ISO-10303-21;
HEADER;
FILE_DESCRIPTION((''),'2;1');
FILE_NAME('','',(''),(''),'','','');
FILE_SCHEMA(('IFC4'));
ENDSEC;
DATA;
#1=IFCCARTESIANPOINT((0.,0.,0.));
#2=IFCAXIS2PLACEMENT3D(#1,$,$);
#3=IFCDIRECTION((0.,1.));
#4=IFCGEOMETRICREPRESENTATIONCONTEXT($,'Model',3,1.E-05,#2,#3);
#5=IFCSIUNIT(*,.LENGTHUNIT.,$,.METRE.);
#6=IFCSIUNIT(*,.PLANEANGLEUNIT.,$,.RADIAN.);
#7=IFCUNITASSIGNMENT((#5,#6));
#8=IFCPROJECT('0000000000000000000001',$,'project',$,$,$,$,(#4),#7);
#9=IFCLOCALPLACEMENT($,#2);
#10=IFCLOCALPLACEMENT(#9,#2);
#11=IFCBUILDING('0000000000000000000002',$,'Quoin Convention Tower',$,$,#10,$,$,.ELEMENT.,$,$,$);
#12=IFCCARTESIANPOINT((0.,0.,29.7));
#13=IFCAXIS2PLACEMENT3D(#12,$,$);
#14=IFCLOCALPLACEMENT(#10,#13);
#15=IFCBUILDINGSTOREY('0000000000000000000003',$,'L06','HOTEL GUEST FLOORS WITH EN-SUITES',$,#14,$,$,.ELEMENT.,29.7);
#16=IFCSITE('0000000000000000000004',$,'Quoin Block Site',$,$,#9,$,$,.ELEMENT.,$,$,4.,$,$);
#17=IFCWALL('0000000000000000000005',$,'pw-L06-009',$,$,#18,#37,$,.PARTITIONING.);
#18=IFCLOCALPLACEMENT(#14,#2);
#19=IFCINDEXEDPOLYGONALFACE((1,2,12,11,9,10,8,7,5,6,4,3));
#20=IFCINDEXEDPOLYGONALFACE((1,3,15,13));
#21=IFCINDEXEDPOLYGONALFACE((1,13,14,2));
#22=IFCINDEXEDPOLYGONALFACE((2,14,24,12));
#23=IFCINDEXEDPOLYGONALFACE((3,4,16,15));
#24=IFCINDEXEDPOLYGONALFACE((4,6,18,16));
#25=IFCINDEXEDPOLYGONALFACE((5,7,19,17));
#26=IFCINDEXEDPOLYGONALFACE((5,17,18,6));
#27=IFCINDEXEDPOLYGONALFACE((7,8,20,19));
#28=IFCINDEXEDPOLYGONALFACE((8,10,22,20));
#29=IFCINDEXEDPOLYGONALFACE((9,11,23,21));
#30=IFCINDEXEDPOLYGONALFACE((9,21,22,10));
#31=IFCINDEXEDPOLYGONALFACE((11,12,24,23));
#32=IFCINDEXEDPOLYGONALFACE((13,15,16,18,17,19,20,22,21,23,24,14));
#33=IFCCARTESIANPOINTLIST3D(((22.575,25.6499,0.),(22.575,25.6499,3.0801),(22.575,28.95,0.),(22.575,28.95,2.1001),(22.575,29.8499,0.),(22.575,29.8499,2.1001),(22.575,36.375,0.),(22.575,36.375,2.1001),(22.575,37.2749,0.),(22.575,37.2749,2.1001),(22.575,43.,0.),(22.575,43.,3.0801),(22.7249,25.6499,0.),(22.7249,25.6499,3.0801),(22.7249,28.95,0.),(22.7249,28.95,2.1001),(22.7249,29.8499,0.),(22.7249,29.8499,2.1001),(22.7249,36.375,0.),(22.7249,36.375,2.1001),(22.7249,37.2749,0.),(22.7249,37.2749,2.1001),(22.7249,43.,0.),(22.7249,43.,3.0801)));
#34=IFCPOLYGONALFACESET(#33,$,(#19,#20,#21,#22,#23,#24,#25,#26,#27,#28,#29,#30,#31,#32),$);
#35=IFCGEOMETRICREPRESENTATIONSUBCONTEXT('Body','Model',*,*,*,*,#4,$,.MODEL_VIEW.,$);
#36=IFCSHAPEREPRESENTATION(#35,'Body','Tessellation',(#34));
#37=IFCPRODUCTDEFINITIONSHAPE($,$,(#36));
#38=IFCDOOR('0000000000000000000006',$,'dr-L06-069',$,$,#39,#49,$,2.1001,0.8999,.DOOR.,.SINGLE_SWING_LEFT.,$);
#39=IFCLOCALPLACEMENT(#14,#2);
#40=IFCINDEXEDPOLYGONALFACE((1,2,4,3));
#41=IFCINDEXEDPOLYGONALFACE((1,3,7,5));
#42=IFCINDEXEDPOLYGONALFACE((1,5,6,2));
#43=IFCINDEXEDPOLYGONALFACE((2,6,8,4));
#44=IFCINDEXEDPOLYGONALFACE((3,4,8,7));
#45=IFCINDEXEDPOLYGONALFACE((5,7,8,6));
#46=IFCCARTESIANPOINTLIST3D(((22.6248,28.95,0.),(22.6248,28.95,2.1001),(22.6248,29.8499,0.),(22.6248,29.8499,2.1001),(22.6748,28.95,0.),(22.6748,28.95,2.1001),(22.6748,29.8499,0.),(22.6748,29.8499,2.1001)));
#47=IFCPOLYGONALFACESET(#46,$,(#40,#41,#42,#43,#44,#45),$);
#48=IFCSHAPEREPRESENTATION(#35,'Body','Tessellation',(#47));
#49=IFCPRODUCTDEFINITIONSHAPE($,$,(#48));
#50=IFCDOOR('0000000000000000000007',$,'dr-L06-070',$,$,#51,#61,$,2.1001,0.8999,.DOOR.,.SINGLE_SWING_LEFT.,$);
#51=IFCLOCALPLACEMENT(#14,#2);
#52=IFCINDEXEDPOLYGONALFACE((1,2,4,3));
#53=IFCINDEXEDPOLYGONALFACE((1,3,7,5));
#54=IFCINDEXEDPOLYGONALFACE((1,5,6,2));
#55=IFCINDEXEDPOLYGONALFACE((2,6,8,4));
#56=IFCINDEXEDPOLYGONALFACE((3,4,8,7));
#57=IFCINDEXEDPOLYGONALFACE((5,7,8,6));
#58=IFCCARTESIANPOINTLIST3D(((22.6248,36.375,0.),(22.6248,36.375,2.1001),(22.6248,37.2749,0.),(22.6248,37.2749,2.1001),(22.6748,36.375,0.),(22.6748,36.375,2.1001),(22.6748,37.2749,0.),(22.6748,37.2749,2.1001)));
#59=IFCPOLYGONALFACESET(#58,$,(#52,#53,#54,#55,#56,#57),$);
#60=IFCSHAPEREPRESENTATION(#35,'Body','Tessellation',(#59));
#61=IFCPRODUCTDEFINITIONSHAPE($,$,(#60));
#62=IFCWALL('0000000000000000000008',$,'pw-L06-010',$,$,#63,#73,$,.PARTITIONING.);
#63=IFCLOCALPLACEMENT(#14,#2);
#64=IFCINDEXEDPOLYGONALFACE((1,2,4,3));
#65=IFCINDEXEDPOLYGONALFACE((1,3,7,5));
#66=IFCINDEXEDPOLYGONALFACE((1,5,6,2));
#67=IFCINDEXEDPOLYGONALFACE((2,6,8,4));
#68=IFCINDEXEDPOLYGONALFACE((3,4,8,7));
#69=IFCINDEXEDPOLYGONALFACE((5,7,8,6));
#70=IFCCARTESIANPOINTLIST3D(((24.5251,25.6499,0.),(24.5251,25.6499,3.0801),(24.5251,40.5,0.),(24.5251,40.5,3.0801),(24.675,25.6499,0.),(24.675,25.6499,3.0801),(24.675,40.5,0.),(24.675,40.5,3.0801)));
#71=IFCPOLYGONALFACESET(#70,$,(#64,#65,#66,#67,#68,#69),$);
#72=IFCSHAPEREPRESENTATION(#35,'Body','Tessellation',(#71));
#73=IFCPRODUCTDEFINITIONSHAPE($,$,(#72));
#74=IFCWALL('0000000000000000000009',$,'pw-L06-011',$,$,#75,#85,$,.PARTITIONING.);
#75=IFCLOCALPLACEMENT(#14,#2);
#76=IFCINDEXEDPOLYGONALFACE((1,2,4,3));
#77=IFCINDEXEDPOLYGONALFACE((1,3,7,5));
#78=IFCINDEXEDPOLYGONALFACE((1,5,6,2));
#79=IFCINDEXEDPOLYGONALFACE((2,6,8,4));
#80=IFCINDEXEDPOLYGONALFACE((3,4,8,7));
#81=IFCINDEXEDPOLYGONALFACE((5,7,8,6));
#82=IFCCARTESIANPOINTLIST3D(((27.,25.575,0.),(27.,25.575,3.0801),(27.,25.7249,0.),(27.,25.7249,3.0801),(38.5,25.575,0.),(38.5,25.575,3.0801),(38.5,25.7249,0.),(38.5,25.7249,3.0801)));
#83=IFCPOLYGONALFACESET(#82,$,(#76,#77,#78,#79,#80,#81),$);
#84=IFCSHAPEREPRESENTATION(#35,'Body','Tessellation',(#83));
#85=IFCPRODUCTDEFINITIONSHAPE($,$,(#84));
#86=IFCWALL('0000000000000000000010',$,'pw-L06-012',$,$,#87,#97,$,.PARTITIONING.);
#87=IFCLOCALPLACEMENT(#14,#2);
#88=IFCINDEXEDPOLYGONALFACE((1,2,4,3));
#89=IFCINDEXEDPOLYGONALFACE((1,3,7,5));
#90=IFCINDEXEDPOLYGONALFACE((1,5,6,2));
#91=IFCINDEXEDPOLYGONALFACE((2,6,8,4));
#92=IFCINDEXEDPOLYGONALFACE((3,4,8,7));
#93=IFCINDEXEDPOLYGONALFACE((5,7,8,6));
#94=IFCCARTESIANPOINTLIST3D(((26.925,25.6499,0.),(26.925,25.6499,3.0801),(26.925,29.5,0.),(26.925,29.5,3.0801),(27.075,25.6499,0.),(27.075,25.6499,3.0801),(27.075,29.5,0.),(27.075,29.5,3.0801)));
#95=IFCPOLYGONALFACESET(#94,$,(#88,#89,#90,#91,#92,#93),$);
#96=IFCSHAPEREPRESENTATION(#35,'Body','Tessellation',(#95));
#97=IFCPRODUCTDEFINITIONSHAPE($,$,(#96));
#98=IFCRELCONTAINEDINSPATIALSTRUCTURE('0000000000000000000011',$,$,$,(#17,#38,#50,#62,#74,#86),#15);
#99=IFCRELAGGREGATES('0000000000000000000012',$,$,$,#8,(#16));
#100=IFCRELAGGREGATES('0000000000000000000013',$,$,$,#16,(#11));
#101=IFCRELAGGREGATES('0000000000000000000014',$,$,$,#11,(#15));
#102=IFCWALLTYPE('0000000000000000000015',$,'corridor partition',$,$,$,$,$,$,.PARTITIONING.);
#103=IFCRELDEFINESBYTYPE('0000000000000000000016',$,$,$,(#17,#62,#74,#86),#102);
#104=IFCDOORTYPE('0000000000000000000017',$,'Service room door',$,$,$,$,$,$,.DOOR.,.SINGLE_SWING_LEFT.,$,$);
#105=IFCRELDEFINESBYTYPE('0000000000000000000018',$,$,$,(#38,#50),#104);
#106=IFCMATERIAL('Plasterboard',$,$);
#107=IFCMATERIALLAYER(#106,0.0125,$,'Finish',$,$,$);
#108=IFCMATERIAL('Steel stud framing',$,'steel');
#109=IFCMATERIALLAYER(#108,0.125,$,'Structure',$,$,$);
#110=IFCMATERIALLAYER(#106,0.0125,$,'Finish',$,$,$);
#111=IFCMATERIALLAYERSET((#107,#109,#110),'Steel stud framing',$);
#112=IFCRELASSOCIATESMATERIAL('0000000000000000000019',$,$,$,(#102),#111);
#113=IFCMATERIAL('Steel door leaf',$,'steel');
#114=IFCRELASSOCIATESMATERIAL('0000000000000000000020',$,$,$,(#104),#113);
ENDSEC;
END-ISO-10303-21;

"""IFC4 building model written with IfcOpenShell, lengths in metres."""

from ifc_helpers import new_model, si_unit, direction, frame, frame_2d, origin, place, context, subcontext, project, spatial, rectangle, extrude, material, layer, layer_set, type_object, element, fill, save


model = new_model("IFC4")

# Units and contexts
model_context = context("Model", 3, precision=1e-05, world=origin(), true_north=direction((0.0, 1.0)))
body_context = subcontext(model_context, "Body", "Model", "MODEL_VIEW")
ifc_project = project(units=[si_unit("LENGTHUNIT", "METRE"), si_unit("PLANEANGLEUNIT", "RADIAN")], contexts=[model_context])

# Site, building, storey
site_placement = place(None, origin())
site = spatial("IfcSite", under=ifc_project, at=site_placement, Name="Quoin Block Site", CompositionType="ELEMENT", RefElevation=4.0)
building_placement = place(site_placement, origin())
building = spatial("IfcBuilding", under=site, at=building_placement, Name="Quoin Convention Tower", CompositionType="ELEMENT")
storey_placement = place(building_placement, frame((0.0, 0.0, 29.7)))
storey = spatial("IfcBuildingStorey", under=building, at=storey_placement, Name="L06", Description="HOTEL GUEST FLOORS WITH EN-SUITES", CompositionType="ELEMENT", Elevation=29.7)

# Shared definitions
ifc_material_1 = material(Name="Steel door leaf", Category="steel")

# Shared definitions
ifc_material_2 = material(Name="Plasterboard")
ifc_layer_1 = layer(ifc_material_2, 0.0125, Name="Finish")
ifc_material_3 = material(Name="Steel stud framing", Category="steel")
ifc_layer_2 = layer(ifc_material_3, 0.125, Name="Structure")
ifc_layer_3 = layer(ifc_material_2, 0.0125, Name="Finish")
ifc_layer_set_1 = layer_set([ifc_layer_1, ifc_layer_2, ifc_layer_3], Name="Steel stud framing")
wall_type_1 = type_object("IfcWallType", Name="corridor partition", PredefinedType="PARTITIONING", material=ifc_layer_set_1)

# Wall, openings, doors
wall_1_placement = place(storey_placement, frame((22.6499, 25.6499, 0.0), z_axis=(0.0, 0.0, 1.0), x_axis=(0.0, 1.0, 0.0)))
wall_1 = element("IfcWall", 1, at=wall_1_placement, inside=storey, type_object=wall_type_1, Name="pw-L06-009", PredefinedType="PARTITIONING", context=body_context, shape_type="SweptSolid", body=[
    extrude(rectangle(XDim=17.3501, YDim=0.1499, at=frame_2d((8.675, 0.0))), origin(), (0.0, 0.0, 1.0), 3.0801),
])
opening_1_placement = place(wall_1_placement, frame((3.3, 0.0, 0.0)))
opening_1 = element("IfcOpeningElement", 2, at=opening_1_placement, cuts=wall_1, PredefinedType="OPENING", context=body_context, shape_type="SweptSolid", body=[
    extrude(rectangle(XDim=0.8999, YDim=2.1001, at=frame_2d((0.45, 1.05))), frame((0.0, 0.085, 0.0), z_axis=(0.0, -1.0, 0.0), x_axis=(1.0, 0.0, 0.0)), (0.0, 0.0, 1.0), 0.1699),
])
opening_2_placement = place(wall_1_placement, frame((10.7251, 0.0, 0.0)))
opening_2 = element("IfcOpeningElement", 3, at=opening_2_placement, cuts=wall_1, PredefinedType="OPENING", context=body_context, shape_type="SweptSolid", body=[
    extrude(rectangle(XDim=0.8999, YDim=2.1001, at=frame_2d((0.45, 1.05))), frame((0.0, 0.085, 0.0), z_axis=(0.0, -1.0, 0.0), x_axis=(1.0, 0.0, 0.0)), (0.0, 0.0, 1.0), 0.1699),
])
door_type_1 = type_object("IfcDoorType", Name="Service room door", OperationType="SINGLE_SWING_LEFT", PredefinedType="DOOR", material=ifc_material_1)
door_1_placement = place(opening_1_placement, frame((0.8999, 0.0, 0.0), z_axis=(0.0, 0.0, 1.0), x_axis=(-1.0, 0.0, 0.0)))
door_1 = element("IfcDoor", 4, at=door_1_placement, inside=storey, type_object=door_type_1, Name="dr-L06-069", OperationType="SINGLE_SWING_LEFT", OverallHeight=2.1001, OverallWidth=0.8999, PredefinedType="DOOR", context=body_context, shape_type="SweptSolid", body=[
    extrude(rectangle(XDim=0.8999, YDim=2.1001, at=frame_2d((0.45, 1.05))), frame((0.0, 0.0249, 0.0), z_axis=(0.0, -1.0, 0.0), x_axis=(1.0, 0.0, 0.0)), (0.0, 0.0, 1.0), 0.05),
])
fill(opening_1, door_1)
door_2_placement = place(opening_2_placement, frame((0.8999, 0.0, 0.0), z_axis=(0.0, 0.0, 1.0), x_axis=(-1.0, 0.0, 0.0)))
door_2 = element("IfcDoor", 5, at=door_2_placement, inside=storey, type_object=door_type_1, Name="dr-L06-070", OperationType="SINGLE_SWING_LEFT", OverallHeight=2.1001, OverallWidth=0.8999, PredefinedType="DOOR", context=body_context, shape_type="SweptSolid", body=[
    extrude(rectangle(XDim=0.8999, YDim=2.1001, at=frame_2d((0.45, 1.05))), frame((0.0, 0.0249, 0.0), z_axis=(0.0, -1.0, 0.0), x_axis=(1.0, 0.0, 0.0)), (0.0, 0.0, 1.0), 0.05),
])
fill(opening_2, door_2)

# Walls
wall_2_placement = place(storey_placement, frame((24.6001, 25.6499, 0.0), z_axis=(0.0, 0.0, 1.0), x_axis=(0.0, 1.0, 0.0)))
element("IfcWall", 6, at=wall_2_placement, inside=storey, type_object=wall_type_1, Name="pw-L06-010", PredefinedType="PARTITIONING", context=body_context, shape_type="SweptSolid", body=[
    extrude(rectangle(XDim=14.8501, YDim=0.1499, at=frame_2d((7.425, 0.0))), origin(), (0.0, 0.0, 1.0), 3.0801),
])
wall_3_placement = place(storey_placement, frame((27.0, 25.6499, 0.0), z_axis=(0.0, 0.0, 1.0), x_axis=(1.0, 0.0, 0.0)))
element("IfcWall", 7, at=wall_3_placement, inside=storey, type_object=wall_type_1, Name="pw-L06-011", PredefinedType="PARTITIONING", context=body_context, shape_type="SweptSolid", body=[
    extrude(rectangle(XDim=11.5, YDim=0.1499, at=frame_2d((5.75, 0.0))), origin(), (0.0, 0.0, 1.0), 3.0801),
])
wall_4_placement = place(storey_placement, frame((27.0, 25.6499, 0.0), z_axis=(0.0, 0.0, 1.0), x_axis=(0.0, 1.0, 0.0)))
element("IfcWall", 8, at=wall_4_placement, inside=storey, type_object=wall_type_1, Name="pw-L06-012", PredefinedType="PARTITIONING", context=body_context, shape_type="SweptSolid", body=[
    extrude(rectangle(XDim=3.8501, YDim=0.1499, at=frame_2d((1.925, 0.0))), origin(), (0.0, 0.0, 1.0), 3.0801),
])

save(model, "model.ifc")
